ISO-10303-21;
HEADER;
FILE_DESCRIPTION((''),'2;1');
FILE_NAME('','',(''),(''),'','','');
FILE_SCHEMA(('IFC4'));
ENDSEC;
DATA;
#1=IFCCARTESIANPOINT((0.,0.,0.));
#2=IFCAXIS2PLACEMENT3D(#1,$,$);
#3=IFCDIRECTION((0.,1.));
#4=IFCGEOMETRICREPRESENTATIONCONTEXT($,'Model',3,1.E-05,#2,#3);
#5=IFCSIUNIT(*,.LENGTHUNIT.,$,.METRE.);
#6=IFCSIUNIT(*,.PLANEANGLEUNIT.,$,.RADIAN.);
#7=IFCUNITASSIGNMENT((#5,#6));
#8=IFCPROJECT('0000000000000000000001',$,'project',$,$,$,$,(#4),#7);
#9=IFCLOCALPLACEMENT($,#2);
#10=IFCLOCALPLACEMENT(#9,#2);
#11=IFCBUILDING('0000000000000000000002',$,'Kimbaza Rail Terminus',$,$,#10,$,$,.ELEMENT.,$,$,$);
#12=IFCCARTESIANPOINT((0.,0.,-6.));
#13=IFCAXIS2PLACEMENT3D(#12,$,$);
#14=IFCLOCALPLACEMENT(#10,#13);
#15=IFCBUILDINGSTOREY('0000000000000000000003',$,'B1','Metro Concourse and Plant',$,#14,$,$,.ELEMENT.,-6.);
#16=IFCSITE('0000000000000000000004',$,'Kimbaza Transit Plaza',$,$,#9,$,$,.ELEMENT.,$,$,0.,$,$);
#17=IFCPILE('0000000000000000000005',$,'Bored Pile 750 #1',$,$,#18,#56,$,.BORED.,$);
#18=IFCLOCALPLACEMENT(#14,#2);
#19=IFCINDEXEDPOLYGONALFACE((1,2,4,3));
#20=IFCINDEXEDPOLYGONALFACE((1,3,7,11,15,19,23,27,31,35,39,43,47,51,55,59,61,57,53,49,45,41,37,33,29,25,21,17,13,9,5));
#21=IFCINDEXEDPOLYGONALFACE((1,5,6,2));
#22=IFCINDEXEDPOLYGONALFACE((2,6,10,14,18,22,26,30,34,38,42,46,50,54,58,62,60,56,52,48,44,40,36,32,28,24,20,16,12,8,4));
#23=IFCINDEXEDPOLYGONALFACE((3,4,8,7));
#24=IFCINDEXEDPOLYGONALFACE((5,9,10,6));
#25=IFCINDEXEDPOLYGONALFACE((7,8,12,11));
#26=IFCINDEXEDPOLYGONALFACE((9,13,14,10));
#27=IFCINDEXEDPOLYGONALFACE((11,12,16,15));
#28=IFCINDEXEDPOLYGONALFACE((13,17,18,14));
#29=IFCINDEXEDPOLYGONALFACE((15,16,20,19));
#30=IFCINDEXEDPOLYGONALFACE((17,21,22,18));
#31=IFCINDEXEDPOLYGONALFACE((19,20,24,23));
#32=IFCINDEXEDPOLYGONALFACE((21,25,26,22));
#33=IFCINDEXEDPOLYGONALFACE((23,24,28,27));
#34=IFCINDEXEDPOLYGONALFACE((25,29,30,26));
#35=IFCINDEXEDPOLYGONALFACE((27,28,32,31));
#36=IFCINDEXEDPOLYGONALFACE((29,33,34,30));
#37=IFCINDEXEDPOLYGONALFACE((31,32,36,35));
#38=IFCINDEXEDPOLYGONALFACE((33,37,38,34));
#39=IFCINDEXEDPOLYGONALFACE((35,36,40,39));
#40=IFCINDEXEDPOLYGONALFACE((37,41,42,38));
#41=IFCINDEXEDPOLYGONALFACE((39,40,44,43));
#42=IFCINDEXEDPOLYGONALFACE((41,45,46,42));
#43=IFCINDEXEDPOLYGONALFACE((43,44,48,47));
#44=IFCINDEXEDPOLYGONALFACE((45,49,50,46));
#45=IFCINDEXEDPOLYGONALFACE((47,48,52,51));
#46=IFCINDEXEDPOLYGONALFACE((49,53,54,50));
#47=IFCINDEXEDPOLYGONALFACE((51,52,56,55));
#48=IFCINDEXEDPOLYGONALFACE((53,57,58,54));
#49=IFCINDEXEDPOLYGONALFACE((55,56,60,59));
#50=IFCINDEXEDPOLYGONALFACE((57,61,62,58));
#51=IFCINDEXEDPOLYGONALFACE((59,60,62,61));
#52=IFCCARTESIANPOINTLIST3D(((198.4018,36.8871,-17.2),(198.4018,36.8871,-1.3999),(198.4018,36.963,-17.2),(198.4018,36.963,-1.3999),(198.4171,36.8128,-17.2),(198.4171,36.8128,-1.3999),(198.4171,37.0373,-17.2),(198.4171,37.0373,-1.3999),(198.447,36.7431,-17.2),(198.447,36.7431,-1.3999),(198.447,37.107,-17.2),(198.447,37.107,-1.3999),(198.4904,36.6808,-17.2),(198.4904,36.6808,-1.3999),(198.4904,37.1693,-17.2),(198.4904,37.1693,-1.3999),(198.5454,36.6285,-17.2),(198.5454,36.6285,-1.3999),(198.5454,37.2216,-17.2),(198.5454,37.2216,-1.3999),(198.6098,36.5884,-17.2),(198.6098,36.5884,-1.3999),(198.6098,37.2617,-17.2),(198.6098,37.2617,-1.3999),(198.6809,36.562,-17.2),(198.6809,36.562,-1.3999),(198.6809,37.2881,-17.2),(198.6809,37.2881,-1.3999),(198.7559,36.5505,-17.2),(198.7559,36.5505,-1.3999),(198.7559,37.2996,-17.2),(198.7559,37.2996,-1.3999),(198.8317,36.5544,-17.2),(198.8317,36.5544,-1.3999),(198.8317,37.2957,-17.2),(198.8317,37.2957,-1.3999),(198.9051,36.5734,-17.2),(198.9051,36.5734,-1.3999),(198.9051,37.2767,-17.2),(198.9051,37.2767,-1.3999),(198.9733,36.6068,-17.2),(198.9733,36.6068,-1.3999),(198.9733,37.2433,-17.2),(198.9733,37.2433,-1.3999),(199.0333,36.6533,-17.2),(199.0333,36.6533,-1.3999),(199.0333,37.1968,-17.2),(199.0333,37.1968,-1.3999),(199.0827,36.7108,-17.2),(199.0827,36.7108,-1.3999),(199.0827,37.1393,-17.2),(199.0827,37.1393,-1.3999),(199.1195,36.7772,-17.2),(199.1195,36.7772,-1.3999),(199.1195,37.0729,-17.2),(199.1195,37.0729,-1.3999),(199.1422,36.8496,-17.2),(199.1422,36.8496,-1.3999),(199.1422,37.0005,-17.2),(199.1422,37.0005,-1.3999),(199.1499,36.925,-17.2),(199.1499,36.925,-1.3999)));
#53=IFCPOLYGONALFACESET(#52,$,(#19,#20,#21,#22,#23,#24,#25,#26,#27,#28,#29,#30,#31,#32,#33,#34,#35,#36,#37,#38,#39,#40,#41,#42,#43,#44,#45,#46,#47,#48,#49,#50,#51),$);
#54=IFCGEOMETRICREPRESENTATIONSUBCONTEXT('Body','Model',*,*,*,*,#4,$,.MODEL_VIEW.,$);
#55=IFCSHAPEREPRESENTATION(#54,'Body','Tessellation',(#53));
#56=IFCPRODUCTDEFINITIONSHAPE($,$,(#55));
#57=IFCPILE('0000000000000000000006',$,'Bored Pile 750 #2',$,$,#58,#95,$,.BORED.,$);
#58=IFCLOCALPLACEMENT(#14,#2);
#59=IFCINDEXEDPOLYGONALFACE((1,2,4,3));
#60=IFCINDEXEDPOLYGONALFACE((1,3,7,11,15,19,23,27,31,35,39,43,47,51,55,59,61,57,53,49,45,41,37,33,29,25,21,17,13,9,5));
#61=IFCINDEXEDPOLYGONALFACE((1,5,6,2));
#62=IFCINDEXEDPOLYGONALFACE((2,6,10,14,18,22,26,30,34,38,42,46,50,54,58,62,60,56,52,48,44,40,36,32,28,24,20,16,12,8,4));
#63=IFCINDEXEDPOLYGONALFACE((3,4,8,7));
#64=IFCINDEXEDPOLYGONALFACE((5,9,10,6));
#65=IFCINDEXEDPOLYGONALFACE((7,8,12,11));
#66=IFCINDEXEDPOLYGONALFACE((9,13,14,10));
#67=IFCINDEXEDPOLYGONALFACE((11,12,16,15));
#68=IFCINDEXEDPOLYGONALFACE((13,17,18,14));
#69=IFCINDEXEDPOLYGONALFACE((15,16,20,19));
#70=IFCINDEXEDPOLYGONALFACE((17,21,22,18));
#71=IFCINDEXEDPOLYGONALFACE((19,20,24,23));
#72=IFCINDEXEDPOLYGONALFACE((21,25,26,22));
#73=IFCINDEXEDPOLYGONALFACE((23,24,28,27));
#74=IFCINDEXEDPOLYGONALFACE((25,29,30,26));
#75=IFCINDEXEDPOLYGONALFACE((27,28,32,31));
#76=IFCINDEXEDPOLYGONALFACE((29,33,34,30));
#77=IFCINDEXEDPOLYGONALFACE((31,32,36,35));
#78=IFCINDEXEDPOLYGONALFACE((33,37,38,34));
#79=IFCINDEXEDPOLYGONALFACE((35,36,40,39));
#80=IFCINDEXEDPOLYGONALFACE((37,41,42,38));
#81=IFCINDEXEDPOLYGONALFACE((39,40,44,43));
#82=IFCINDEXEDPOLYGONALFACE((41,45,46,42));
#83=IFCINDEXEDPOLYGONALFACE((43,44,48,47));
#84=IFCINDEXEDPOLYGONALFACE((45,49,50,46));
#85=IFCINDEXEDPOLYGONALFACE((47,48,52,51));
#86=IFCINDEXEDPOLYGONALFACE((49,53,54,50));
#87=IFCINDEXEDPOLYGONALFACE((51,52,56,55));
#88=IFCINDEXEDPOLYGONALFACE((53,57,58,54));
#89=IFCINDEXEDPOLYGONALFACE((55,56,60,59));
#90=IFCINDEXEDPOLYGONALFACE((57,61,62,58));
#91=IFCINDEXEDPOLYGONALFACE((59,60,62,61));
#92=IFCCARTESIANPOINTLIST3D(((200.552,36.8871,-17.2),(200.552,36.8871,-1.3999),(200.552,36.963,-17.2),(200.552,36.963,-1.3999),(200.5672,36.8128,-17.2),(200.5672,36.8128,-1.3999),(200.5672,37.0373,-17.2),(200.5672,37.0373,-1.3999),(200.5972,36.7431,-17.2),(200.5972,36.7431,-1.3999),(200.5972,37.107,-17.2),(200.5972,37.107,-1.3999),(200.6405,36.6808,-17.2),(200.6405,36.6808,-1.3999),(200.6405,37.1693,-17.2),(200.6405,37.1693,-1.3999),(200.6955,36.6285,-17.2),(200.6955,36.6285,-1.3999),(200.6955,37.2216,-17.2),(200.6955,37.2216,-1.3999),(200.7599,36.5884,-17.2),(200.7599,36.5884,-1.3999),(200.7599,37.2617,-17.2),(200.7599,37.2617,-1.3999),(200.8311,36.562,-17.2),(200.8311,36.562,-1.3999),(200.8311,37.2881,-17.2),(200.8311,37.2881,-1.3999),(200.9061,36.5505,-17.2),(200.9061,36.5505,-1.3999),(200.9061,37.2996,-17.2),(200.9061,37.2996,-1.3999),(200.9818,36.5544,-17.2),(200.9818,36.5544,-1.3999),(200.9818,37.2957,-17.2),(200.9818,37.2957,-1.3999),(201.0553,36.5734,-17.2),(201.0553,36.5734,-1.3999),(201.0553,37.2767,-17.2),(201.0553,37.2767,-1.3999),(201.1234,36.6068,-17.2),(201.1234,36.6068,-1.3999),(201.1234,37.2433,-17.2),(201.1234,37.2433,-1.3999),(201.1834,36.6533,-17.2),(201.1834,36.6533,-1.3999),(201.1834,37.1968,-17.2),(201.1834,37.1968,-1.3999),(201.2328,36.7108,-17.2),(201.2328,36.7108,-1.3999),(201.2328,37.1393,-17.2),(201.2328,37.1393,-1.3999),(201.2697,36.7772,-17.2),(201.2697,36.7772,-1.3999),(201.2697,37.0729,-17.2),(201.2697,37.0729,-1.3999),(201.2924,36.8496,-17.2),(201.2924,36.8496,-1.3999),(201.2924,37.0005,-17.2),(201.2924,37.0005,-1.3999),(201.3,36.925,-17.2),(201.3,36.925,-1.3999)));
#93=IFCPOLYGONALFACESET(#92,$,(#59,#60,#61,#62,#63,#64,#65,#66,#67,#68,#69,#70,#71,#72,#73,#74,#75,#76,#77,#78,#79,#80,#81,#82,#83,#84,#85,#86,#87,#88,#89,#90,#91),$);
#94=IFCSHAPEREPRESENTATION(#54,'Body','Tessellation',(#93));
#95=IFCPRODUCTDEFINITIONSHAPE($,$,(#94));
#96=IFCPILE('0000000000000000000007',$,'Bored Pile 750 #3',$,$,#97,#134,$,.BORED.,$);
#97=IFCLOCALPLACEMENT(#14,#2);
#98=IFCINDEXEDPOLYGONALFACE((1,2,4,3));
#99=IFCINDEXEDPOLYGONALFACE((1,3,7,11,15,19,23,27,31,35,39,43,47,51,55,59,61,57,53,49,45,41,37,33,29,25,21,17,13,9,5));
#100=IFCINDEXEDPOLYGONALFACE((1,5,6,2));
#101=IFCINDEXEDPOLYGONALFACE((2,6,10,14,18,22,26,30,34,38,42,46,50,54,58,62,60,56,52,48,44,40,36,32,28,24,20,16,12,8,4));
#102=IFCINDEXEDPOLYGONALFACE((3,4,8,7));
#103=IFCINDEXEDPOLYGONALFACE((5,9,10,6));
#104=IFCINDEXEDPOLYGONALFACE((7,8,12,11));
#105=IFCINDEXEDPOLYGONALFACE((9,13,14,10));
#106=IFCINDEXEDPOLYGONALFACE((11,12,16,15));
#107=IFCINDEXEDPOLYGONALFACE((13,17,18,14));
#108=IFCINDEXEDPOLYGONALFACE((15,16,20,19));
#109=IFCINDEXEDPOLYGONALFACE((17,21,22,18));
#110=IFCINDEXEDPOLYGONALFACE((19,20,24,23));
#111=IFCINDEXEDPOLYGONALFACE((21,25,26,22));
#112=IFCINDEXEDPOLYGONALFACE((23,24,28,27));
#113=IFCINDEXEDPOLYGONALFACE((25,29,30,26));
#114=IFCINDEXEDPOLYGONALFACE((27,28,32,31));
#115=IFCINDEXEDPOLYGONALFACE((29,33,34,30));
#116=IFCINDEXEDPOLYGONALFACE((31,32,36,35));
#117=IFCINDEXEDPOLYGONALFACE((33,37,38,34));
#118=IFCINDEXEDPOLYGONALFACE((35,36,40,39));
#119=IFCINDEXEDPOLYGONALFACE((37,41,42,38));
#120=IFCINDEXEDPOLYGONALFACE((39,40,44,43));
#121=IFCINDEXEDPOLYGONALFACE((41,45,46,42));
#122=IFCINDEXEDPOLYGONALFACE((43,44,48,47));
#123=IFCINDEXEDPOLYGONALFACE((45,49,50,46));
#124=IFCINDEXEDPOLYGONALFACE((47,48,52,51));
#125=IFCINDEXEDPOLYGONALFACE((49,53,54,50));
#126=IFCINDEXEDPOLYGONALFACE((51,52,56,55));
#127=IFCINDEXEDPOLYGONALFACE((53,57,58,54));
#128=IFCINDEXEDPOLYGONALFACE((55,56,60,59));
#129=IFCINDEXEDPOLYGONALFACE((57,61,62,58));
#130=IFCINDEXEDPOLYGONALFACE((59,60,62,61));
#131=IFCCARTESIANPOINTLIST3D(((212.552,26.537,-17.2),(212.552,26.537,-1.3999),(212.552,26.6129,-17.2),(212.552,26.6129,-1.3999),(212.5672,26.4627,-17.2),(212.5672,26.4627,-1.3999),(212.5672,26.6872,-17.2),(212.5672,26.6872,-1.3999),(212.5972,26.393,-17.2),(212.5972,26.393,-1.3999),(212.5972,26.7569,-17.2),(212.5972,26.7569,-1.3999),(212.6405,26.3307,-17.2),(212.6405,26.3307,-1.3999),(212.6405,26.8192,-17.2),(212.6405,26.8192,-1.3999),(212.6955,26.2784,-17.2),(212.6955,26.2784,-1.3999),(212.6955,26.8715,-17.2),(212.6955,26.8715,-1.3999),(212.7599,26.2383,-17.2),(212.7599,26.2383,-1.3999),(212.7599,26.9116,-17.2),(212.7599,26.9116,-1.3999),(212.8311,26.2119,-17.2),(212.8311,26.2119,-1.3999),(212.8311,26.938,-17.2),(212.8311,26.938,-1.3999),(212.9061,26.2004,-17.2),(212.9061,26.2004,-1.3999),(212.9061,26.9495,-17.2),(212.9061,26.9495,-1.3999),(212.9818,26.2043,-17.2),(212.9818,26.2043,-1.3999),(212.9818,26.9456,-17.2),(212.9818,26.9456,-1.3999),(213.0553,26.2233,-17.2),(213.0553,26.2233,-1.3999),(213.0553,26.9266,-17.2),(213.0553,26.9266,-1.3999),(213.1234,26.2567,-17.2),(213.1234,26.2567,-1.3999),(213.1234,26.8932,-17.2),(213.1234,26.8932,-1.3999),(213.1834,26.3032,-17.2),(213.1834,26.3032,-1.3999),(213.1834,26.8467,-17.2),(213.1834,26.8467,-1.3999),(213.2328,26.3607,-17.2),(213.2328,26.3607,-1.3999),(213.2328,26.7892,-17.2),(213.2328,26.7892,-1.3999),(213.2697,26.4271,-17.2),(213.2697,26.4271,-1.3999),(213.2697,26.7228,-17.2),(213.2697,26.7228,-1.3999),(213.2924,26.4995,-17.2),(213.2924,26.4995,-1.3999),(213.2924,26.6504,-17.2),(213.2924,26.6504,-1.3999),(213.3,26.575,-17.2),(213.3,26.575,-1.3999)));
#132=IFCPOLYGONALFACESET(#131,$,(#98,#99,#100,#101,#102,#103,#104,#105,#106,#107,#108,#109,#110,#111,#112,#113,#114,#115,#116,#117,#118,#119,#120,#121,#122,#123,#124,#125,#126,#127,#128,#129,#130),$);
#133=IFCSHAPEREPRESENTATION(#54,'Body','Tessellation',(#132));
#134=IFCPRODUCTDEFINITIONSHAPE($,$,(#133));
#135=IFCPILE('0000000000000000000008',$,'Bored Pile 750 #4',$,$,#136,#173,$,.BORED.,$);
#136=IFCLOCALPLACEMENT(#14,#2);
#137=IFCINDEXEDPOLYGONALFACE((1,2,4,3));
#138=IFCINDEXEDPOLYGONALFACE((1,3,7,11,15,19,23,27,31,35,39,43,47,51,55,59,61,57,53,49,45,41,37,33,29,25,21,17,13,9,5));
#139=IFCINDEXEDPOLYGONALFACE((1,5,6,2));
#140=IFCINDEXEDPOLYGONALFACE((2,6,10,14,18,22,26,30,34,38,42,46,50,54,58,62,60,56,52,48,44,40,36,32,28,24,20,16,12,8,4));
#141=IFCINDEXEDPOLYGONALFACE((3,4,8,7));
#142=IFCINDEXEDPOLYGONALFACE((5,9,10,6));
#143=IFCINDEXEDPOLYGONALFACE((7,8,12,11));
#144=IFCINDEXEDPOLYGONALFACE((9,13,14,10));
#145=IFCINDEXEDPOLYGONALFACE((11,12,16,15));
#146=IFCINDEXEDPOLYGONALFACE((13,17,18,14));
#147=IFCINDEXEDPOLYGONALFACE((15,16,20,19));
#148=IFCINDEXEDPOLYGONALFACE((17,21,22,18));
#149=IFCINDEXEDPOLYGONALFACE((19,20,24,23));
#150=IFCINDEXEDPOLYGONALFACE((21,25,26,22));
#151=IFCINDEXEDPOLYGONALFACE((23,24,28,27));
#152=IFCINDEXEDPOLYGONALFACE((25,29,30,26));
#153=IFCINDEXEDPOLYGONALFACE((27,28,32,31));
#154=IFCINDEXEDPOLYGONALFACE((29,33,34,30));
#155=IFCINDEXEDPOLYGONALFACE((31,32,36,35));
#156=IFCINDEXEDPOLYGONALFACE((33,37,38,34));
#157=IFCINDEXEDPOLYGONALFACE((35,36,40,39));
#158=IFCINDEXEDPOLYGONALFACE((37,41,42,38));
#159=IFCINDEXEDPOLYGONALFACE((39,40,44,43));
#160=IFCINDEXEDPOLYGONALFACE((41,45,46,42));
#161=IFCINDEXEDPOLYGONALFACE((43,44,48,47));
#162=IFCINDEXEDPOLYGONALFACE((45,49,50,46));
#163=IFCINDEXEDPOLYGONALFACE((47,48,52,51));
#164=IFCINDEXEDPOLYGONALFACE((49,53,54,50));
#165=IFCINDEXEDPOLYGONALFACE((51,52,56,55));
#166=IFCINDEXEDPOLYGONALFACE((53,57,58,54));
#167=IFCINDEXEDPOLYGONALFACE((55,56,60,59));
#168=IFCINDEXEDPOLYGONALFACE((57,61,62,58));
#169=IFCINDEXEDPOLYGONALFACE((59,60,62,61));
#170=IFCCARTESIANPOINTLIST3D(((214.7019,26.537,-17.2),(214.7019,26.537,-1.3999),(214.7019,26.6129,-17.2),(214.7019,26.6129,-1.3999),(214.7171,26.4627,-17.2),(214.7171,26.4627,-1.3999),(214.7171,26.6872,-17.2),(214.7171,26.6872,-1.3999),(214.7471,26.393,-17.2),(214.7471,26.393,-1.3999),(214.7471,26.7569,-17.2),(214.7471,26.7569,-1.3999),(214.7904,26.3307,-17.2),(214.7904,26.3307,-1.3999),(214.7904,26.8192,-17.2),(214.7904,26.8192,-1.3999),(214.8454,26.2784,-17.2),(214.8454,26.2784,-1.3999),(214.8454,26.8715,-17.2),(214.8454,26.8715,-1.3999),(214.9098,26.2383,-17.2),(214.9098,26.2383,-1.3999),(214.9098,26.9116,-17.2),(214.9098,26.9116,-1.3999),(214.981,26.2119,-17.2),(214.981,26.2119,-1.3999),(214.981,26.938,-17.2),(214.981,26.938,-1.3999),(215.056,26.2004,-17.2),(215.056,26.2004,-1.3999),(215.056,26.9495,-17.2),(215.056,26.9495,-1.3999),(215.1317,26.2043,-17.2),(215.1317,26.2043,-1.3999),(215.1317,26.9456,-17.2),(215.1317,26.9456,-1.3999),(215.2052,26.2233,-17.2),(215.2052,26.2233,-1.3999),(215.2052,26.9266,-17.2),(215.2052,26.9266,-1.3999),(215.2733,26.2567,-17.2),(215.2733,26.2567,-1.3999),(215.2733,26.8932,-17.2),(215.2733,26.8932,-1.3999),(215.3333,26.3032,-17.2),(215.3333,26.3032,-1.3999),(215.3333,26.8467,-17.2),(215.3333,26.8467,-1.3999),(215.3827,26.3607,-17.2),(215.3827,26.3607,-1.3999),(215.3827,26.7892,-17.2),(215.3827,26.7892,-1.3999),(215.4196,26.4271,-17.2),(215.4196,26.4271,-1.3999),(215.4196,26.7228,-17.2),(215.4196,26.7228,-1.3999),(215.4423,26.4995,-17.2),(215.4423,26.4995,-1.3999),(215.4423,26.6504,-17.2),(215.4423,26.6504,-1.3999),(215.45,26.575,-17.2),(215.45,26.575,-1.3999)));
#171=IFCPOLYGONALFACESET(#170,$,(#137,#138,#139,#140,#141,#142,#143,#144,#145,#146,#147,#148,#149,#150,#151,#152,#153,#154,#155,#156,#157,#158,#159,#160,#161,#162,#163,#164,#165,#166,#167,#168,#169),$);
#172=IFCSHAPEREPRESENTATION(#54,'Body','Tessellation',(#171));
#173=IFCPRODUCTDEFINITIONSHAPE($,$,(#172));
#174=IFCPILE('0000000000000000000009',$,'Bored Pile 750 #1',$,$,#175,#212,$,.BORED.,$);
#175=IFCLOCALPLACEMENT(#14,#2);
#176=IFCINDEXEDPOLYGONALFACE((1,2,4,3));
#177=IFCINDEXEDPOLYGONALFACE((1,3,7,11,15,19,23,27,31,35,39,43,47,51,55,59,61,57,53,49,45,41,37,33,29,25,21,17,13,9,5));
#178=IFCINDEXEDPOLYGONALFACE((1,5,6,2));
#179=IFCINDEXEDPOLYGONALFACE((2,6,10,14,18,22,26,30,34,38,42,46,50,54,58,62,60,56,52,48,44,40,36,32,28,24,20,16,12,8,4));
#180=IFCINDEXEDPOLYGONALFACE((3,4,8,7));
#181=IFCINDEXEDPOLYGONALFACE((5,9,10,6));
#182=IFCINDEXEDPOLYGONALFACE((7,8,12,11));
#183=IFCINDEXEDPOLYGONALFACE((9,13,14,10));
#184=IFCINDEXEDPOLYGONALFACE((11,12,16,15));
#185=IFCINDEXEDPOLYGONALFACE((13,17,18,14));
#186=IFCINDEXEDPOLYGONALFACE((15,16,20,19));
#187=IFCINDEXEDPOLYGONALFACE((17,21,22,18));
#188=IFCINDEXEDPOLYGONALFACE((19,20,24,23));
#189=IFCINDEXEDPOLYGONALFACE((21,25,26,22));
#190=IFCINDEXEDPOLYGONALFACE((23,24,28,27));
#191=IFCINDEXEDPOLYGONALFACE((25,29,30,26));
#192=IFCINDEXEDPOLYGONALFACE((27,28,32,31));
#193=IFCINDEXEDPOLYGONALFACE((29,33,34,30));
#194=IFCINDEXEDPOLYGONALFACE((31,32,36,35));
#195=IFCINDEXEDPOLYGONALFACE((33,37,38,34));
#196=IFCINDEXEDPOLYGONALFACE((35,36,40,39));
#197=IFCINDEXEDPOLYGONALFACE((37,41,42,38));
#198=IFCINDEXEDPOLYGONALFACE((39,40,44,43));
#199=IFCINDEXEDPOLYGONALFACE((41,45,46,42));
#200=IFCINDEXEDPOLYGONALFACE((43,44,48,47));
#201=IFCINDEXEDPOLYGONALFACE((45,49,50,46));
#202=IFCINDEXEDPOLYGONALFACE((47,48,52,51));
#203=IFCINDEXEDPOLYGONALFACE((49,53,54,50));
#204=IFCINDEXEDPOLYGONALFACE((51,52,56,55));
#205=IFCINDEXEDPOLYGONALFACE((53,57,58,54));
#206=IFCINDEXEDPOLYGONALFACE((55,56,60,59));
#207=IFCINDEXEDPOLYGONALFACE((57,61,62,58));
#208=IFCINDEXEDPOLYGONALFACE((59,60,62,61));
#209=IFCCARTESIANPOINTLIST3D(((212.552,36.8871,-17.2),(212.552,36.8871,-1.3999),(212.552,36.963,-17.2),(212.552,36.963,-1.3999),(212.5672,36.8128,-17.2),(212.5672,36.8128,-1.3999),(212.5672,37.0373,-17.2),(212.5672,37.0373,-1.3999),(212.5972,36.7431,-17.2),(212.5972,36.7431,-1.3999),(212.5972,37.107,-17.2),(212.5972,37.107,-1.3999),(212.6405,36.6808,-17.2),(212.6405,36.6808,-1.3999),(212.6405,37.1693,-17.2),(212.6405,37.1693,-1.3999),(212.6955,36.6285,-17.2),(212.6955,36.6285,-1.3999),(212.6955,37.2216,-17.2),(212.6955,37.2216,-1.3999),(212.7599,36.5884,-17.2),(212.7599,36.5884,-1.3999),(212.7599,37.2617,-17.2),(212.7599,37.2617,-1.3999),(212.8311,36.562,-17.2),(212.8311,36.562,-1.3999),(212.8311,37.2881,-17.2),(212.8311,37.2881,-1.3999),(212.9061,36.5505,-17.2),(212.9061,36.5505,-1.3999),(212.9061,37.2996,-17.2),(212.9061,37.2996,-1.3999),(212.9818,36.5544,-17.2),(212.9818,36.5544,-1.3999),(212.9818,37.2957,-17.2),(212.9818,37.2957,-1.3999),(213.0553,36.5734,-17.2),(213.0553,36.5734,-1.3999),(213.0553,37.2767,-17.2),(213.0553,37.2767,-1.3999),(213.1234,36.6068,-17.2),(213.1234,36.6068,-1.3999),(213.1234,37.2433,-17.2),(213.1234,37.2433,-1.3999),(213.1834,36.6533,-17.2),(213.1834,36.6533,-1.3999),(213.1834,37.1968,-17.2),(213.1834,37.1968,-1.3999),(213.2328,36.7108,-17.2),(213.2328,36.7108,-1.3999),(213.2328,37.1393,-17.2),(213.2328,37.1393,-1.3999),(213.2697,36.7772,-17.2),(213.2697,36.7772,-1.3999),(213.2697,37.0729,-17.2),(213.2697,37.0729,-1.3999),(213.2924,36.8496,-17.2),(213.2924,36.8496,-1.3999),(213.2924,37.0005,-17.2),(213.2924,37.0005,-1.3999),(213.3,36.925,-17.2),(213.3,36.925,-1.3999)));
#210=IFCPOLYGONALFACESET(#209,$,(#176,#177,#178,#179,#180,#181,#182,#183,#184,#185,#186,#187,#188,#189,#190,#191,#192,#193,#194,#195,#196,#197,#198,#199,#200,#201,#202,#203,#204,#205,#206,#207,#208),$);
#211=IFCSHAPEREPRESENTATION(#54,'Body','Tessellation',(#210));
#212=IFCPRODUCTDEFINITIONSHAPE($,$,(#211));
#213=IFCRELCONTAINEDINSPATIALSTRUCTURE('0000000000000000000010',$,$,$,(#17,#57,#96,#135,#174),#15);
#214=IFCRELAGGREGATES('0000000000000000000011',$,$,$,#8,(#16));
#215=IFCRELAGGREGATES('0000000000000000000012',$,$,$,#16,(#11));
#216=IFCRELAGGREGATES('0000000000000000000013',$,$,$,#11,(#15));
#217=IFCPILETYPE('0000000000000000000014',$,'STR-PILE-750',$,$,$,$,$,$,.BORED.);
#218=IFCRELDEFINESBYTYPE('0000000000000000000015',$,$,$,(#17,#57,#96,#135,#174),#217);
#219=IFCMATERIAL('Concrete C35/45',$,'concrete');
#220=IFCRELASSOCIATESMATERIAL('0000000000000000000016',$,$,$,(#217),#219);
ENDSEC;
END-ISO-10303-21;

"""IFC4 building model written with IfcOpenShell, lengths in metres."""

from ifc_helpers import new_model, si_unit, direction, frame, origin, origin_2d, place, context, subcontext, project, spatial, circle, extrude, material, material_profile, profile_set, type_object, element, save


model = new_model("IFC4")

# Units and contexts
model_context = context("Model", 3, precision=1e-05, world=origin(), true_north=direction((0.0, 1.0)))
body_context = subcontext(model_context, "Body", "Model", "MODEL_VIEW")
ifc_project = project(units=[si_unit("LENGTHUNIT", "METRE"), si_unit("PLANEANGLEUNIT", "RADIAN")], contexts=[model_context])

# Site, building, storey
site_placement = place(None, origin())
site = spatial("IfcSite", under=ifc_project, at=site_placement, Name="Kimbaza Transit Plaza", CompositionType="ELEMENT", RefElevation=0.0)
building_placement = place(site_placement, origin())
building = spatial("IfcBuilding", under=site, at=building_placement, Name="Kimbaza Rail Terminus", CompositionType="ELEMENT")
storey_placement = place(building_placement, frame((0.0, 0.0, -6.0)))
storey = spatial("IfcBuildingStorey", under=building, at=storey_placement, Name="B1", Description="Metro Concourse and Plant", CompositionType="ELEMENT", Elevation=-6.0)

# Piles
ifc_material_1 = material(Name="Concrete C35/45", Category="concrete")
ifc_material_profile_1 = material_profile(ifc_material_1, circle(Radius=0.375, at=origin_2d()), Name="BORED PILE 750")
ifc_profile_set_1 = profile_set([ifc_material_profile_1], Name="Concrete C35/45")
pile_type = type_object("IfcPileType", Name="STR-PILE-750", PredefinedType="BORED", material=ifc_profile_set_1)
for number, where, z_axis, x_axis, name in (
    (1, (198.7749, 36.925, -1.3999), (0.0, 0.0, -1.0), (1.0, 0.0, 0.0), "Bored Pile 750 #1"),
    (2, (200.925, 36.925, -1.3999), (0.0, 0.0, -1.0), (1.0, 0.0, 0.0), "Bored Pile 750 #2"),
    (3, (212.925, 26.575, -1.3999), (0.0, 0.0, -1.0), (1.0, 0.0, 0.0), "Bored Pile 750 #3"),
    (4, (215.075, 26.575, -1.3999), (0.0, 0.0, -1.0), (1.0, 0.0, 0.0), "Bored Pile 750 #4"),
    (5, (212.925, 36.925, -1.3999), (0.0, 0.0, -1.0), (1.0, 0.0, 0.0), "Bored Pile 750 #1"),
):
    element("IfcPile", number, at=place(storey_placement, frame(where, z_axis=z_axis, x_axis=x_axis)), inside=storey, type_object=pile_type, Name=name, PredefinedType="BORED", context=body_context, shape_type="SweptSolid", body=[
        extrude(circle(Radius=0.375, at=origin_2d()), origin(), (0.0, 0.0, 1.0), 15.8),
    ])

save(model, "model.ifc")
